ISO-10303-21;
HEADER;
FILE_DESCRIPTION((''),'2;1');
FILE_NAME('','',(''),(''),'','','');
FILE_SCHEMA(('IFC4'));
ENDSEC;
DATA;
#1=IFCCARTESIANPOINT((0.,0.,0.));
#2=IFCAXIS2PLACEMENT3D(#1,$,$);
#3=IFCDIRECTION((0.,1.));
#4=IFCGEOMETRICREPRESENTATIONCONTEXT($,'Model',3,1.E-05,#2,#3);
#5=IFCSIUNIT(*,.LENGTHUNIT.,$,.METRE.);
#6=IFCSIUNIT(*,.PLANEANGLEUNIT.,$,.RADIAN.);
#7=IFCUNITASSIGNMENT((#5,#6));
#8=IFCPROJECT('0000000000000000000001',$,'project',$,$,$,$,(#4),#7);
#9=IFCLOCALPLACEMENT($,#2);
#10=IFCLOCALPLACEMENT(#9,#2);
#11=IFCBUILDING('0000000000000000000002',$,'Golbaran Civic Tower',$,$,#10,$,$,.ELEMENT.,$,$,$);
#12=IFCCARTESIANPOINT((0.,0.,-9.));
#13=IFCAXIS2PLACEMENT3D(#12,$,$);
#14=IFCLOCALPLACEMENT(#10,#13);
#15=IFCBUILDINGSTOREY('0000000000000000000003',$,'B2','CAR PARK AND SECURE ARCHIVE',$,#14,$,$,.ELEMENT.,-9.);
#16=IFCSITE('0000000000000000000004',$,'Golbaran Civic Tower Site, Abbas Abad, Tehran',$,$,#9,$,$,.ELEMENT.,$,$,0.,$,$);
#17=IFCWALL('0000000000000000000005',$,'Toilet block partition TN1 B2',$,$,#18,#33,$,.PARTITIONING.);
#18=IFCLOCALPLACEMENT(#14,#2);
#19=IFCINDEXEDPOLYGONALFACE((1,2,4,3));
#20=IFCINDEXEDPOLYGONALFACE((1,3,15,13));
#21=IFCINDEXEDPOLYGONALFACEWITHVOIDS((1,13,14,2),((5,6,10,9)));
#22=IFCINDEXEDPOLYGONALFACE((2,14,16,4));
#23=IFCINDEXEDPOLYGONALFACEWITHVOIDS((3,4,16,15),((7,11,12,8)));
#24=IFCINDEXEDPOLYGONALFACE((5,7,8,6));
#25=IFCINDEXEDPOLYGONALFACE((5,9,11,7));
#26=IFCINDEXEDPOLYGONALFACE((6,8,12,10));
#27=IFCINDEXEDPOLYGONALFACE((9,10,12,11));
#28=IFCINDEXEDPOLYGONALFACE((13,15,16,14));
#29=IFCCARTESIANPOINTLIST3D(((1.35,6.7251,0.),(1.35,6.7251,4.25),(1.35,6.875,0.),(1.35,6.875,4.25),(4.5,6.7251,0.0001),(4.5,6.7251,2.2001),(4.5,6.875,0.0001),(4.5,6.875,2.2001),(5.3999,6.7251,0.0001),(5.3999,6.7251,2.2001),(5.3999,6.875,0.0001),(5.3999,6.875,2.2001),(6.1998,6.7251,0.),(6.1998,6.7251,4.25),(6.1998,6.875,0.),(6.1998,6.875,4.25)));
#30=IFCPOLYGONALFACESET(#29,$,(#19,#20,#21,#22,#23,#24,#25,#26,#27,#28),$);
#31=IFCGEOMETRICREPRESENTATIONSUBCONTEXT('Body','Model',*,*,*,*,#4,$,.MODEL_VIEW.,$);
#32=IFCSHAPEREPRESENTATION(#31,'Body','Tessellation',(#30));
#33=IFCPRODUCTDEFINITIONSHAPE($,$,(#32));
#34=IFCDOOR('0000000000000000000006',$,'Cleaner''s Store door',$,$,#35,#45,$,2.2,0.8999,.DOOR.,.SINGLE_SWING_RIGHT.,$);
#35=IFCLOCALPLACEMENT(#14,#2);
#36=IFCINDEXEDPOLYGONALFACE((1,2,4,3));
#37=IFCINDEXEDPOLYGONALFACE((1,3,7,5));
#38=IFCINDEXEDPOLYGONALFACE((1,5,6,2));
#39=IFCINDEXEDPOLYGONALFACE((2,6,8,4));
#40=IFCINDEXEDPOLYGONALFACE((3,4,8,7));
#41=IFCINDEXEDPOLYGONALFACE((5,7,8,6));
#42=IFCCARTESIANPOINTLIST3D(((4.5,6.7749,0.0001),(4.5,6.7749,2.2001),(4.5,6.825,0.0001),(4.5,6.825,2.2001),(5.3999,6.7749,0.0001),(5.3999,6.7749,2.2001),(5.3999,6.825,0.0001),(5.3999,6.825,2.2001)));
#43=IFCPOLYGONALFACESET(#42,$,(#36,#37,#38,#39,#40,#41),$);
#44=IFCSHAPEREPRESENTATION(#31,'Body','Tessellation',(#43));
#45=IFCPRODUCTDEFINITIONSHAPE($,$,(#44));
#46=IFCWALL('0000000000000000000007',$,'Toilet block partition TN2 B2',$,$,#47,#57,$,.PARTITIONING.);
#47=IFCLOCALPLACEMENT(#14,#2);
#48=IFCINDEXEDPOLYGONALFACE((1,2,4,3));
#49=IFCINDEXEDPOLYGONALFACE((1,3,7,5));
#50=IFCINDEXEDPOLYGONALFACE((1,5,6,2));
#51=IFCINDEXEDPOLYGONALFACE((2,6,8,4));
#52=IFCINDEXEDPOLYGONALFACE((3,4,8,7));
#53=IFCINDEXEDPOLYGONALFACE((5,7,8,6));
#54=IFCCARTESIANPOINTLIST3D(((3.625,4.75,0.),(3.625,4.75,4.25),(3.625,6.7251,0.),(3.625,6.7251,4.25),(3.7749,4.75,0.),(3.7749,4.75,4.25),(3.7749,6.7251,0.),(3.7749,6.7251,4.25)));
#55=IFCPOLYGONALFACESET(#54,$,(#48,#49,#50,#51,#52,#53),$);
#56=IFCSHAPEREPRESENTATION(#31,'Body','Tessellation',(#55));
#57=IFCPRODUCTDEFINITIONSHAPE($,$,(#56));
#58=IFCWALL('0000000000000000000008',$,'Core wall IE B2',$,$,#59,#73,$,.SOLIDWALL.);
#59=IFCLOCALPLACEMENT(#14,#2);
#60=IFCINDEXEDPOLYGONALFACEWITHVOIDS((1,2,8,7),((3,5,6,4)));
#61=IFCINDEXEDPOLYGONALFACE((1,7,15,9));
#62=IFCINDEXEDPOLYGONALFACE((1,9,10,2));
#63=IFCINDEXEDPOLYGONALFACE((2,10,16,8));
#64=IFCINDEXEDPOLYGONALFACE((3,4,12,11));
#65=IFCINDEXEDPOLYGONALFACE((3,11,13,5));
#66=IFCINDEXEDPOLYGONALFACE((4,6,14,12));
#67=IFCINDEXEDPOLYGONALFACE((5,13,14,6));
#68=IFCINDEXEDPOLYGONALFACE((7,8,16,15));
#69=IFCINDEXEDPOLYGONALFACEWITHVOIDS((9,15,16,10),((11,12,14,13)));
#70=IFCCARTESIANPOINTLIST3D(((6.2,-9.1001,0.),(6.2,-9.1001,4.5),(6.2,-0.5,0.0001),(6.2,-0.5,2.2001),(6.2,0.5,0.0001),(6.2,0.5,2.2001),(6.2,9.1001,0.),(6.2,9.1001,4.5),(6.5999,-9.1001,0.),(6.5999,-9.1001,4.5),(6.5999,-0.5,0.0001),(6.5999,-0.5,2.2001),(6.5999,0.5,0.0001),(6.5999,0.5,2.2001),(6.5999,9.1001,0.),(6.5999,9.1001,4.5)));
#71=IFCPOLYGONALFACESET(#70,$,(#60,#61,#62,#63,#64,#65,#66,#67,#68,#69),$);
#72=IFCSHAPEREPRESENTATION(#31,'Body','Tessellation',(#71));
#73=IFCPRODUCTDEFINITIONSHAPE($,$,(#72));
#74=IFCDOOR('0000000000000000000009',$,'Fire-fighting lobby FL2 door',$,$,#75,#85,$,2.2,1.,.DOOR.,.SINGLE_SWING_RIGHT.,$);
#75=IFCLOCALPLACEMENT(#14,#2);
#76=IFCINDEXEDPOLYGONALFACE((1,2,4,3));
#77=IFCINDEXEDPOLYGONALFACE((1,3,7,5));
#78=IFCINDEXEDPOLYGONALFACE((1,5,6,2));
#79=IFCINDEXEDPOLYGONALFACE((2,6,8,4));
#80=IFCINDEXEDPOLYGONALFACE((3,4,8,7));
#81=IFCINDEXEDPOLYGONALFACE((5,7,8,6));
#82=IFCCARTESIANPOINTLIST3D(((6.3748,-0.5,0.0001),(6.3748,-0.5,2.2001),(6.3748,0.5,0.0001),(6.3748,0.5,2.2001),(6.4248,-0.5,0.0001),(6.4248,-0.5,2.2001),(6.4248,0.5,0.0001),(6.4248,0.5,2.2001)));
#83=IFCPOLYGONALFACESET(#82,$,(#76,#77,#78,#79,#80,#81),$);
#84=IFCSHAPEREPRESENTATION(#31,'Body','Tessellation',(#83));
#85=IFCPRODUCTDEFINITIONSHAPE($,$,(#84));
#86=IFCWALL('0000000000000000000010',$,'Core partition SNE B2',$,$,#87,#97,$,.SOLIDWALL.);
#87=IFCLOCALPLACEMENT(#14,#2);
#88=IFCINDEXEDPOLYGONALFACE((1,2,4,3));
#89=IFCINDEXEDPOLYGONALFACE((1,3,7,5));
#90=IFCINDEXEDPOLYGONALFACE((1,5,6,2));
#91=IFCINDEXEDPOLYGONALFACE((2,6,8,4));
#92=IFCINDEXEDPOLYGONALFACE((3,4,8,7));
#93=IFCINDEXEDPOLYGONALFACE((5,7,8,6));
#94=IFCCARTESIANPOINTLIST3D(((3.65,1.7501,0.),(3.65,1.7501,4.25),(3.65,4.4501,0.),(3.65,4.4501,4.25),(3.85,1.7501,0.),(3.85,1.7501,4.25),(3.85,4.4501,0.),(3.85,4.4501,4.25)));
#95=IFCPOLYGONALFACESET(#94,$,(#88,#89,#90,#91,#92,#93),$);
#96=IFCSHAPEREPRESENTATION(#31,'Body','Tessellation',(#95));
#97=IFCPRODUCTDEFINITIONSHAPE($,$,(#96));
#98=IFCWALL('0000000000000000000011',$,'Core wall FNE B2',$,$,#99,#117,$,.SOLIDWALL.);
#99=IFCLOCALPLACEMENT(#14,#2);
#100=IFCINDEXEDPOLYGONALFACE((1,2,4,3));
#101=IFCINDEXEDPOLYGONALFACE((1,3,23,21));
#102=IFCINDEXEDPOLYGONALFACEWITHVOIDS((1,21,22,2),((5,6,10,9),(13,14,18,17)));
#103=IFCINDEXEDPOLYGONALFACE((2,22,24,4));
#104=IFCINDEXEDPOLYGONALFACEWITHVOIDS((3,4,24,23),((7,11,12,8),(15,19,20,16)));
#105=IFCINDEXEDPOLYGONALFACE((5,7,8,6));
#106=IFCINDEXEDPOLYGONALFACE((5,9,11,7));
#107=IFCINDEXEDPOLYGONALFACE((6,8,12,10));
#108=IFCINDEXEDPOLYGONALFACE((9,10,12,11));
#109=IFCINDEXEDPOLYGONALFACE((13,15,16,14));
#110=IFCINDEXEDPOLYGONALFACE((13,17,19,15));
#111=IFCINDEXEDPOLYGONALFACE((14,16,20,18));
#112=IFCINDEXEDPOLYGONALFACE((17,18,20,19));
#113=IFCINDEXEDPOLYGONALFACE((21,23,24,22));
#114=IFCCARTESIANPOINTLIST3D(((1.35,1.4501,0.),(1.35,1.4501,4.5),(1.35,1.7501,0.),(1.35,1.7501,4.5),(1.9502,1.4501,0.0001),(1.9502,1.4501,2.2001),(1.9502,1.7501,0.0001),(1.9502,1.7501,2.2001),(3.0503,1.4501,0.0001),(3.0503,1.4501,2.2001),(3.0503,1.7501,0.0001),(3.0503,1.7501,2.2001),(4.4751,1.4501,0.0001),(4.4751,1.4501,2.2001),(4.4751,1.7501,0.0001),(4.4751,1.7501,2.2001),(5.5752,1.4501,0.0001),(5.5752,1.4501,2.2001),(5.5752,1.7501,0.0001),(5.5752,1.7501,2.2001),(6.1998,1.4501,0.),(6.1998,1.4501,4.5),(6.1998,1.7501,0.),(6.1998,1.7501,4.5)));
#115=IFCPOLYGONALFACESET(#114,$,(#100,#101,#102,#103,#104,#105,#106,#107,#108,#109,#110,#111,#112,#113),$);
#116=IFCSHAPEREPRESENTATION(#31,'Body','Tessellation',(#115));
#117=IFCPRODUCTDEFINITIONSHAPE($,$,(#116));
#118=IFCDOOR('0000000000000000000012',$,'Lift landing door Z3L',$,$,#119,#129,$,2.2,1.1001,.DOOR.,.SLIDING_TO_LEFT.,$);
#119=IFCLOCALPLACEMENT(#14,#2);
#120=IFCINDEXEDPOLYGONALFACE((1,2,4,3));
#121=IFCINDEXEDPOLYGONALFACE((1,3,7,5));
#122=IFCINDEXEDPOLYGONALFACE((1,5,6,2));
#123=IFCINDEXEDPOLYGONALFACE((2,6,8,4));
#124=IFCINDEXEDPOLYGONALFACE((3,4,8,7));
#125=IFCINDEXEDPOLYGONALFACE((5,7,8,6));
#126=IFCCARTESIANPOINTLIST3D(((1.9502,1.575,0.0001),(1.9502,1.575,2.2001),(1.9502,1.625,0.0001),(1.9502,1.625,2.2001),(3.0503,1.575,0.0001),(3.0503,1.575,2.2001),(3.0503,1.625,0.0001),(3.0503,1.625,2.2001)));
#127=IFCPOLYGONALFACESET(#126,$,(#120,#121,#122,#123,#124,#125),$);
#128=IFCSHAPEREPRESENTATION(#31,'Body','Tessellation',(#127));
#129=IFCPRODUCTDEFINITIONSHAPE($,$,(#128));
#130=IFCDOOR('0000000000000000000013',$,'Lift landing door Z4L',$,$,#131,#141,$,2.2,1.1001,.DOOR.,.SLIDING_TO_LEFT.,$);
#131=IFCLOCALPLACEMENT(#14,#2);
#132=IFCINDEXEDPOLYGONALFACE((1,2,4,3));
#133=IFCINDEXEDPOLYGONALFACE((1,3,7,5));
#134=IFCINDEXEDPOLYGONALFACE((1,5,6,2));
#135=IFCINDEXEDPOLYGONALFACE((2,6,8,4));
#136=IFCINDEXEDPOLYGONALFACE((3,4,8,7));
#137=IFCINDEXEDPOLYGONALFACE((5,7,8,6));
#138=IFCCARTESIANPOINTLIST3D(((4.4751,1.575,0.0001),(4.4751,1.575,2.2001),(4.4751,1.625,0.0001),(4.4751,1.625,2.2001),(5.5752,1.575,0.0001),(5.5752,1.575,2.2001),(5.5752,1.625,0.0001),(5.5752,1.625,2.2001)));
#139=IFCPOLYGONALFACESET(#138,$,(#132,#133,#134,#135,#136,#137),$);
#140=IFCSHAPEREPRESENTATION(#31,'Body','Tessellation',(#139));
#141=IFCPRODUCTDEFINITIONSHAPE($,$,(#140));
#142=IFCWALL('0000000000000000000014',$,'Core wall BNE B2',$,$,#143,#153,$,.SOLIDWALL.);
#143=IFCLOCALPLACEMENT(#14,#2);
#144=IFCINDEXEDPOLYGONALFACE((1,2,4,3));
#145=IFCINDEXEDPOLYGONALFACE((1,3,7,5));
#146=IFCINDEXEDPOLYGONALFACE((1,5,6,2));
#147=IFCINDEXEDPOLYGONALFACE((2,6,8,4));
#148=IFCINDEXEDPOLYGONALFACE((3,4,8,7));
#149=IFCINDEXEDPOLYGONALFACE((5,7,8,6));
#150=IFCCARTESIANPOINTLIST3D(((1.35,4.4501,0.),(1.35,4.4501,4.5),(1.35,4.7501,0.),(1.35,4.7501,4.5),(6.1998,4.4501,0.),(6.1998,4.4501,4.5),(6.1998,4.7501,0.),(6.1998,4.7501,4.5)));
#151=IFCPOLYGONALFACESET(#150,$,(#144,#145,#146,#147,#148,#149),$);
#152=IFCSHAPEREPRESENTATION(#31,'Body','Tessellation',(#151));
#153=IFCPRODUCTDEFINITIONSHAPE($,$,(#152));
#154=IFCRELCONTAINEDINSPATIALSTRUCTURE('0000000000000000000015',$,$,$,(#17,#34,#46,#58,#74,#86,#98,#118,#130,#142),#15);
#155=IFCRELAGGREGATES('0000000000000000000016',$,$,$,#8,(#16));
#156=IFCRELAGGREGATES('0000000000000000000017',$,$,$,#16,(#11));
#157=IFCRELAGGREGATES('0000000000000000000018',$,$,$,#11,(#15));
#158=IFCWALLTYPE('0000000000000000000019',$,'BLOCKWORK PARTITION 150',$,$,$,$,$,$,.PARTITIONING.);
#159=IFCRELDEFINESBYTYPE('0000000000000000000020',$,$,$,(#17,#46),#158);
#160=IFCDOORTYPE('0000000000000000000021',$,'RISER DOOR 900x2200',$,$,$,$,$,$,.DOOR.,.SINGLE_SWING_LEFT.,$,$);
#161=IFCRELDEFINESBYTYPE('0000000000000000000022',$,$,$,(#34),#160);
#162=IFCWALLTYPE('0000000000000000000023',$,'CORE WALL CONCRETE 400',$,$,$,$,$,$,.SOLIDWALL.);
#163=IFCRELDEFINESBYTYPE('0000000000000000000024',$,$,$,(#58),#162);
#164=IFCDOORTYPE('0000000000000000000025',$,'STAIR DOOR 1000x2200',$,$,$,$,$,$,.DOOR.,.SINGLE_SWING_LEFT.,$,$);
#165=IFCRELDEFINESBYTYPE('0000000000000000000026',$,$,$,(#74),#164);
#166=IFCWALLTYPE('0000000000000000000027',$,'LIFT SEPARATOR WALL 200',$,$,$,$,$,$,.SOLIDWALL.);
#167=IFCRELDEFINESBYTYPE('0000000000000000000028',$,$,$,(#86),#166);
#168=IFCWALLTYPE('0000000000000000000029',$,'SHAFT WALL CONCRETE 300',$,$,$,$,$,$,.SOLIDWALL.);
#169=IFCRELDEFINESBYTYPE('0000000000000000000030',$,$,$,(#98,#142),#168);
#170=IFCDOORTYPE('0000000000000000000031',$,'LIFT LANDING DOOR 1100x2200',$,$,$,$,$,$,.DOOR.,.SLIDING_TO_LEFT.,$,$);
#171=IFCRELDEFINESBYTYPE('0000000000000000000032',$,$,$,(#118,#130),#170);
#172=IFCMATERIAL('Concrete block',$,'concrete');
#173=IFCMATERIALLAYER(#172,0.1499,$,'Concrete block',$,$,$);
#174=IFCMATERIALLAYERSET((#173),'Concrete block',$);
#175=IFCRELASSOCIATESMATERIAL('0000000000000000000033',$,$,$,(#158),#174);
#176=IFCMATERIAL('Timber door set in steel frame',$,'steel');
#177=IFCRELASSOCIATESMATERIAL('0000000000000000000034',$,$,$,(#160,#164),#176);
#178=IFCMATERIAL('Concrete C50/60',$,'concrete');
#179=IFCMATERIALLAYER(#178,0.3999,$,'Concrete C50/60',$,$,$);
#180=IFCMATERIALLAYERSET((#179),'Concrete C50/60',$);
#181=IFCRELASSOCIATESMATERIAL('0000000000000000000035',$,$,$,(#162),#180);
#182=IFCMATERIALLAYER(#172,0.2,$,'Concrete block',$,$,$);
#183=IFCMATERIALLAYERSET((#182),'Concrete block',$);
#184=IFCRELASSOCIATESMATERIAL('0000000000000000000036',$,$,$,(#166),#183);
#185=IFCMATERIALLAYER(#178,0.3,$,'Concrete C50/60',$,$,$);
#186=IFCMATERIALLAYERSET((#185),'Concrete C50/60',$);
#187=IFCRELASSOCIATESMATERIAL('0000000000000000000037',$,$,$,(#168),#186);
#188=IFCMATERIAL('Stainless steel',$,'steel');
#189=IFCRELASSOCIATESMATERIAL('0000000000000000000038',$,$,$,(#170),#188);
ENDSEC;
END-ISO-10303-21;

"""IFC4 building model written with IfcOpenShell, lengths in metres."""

from ifc_helpers import new_model, si_unit, direction, frame, frame_2d, origin, place, context, subcontext, project, spatial, rectangle, extrude, material, layer, layer_set, type_object, element, fill, save


model = new_model("IFC4")

# Units and contexts
model_context = context("Model", 3, precision=1e-05, world=origin(), true_north=direction((0.0, 1.0)))
body_context = subcontext(model_context, "Body", "Model", "MODEL_VIEW")
ifc_project = project(units=[si_unit("LENGTHUNIT", "METRE"), si_unit("PLANEANGLEUNIT", "RADIAN")], contexts=[model_context])

# Site, building, storey
site_placement = place(None, origin())
site = spatial("IfcSite", under=ifc_project, at=site_placement, Name="Golbaran Civic Tower Site, Abbas Abad, Tehran", CompositionType="ELEMENT", RefElevation=0.0)
building_placement = place(site_placement, origin())
building = spatial("IfcBuilding", under=site, at=building_placement, Name="Golbaran Civic Tower", CompositionType="ELEMENT")
storey_placement = place(building_placement, frame((0.0, 0.0, -9.0)))
storey = spatial("IfcBuildingStorey", under=building, at=storey_placement, Name="B2", Description="CAR PARK AND SECURE ARCHIVE", CompositionType="ELEMENT", Elevation=-9.0)

# Shared definitions
ifc_material_1 = material(Name="Concrete C50/60", Category="concrete")

# Wall, opening, door
ifc_material_2 = material(Name="Concrete block", Category="concrete")
ifc_layer_1 = layer(ifc_material_2, 0.1499, Name="Concrete block")
ifc_layer_set_1 = layer_set([ifc_layer_1], Name="Concrete block")
wall_type_1 = type_object("IfcWallType", Name="BLOCKWORK PARTITION 150", PredefinedType="PARTITIONING", material=ifc_layer_set_1)
wall_1_placement = place(storey_placement, frame((1.3501, 6.8, 0.0), z_axis=(0.0, 0.0, 1.0), x_axis=(1.0, 0.0, 0.0)))
wall_1 = element("IfcWall", 1, at=wall_1_placement, inside=storey, type_object=wall_type_1, Name="Toilet block partition TN1 B2", PredefinedType="PARTITIONING", context=body_context, shape_type="SweptSolid", body=[
    extrude(rectangle(XDim=4.8499, YDim=0.1499, at=frame_2d((2.4248, 0.0))), origin(), (0.0, 0.0, 1.0), 4.25),
])
opening_1_placement = place(wall_1_placement, frame((3.1499, 0.0, 0.0)))
opening_1 = element("IfcOpeningElement", 2, at=opening_1_placement, cuts=wall_1, PredefinedType="OPENING", context=body_context, shape_type="SweptSolid", body=[
    extrude(rectangle(XDim=0.8999, YDim=2.2, at=frame_2d((0.45, 1.1001))), frame((0.0, 0.085, 0.0), z_axis=(0.0, -1.0, 0.0), x_axis=(1.0, 0.0, 0.0)), (0.0, 0.0, 1.0), 0.1699),
])
ifc_material_3 = material(Name="Timber door set in steel frame", Category="steel")
door_type_1 = type_object("IfcDoorType", Name="RISER DOOR 900x2200", OperationType="SINGLE_SWING_LEFT", PredefinedType="DOOR", material=ifc_material_3)
door_1_placement = place(opening_1_placement, origin())
door_1 = element("IfcDoor", 3, at=door_1_placement, inside=storey, type_object=door_type_1, Name="Cleaner's Store door", OperationType="SINGLE_SWING_RIGHT", OverallHeight=2.2, OverallWidth=0.8999, PredefinedType="DOOR", context=body_context, shape_type="SweptSolid", body=[
    extrude(rectangle(XDim=0.8999, YDim=2.2, at=frame_2d((0.45, 1.1001))), frame((0.0, 0.0249, 0.0), z_axis=(0.0, -1.0, 0.0), x_axis=(1.0, 0.0, 0.0)), (0.0, 0.0, 1.0), 0.05),
])
fill(opening_1, door_1)

# Wall
wall_2_placement = place(storey_placement, frame((3.7, 4.75, 0.0), z_axis=(0.0, 0.0, 1.0), x_axis=(0.0, 1.0, 0.0)))
element("IfcWall", 4, at=wall_2_placement, inside=storey, type_object=wall_type_1, Name="Toilet block partition TN2 B2", PredefinedType="PARTITIONING", context=body_context, shape_type="SweptSolid", body=[
    extrude(rectangle(XDim=1.9751, YDim=0.1499, at=frame_2d((0.9875, 0.0))), origin(), (0.0, 0.0, 1.0), 4.25),
])

# Wall, opening, door
ifc_layer_2 = layer(ifc_material_1, 0.3999, Name="Concrete C50/60")
ifc_layer_set_2 = layer_set([ifc_layer_2], Name="Concrete C50/60")
wall_type_2 = type_object("IfcWallType", Name="CORE WALL CONCRETE 400", PredefinedType="SOLIDWALL", material=ifc_layer_set_2)
wall_3_placement = place(storey_placement, frame((6.3999, 9.1001, 0.0), z_axis=(0.0, 0.0, 1.0), x_axis=(0.0, -1.0, 0.0)))
wall_3 = element("IfcWall", 5, at=wall_3_placement, inside=storey, type_object=wall_type_2, Name="Core wall IE B2", PredefinedType="SOLIDWALL", context=body_context, shape_type="SweptSolid", body=[
    extrude(rectangle(XDim=18.2002, YDim=0.3999, at=frame_2d((9.1001, 0.0))), origin(), (0.0, 0.0, 1.0), 4.5),
])
opening_2_placement = place(wall_3_placement, frame((8.6001, 0.0, 0.0)))
opening_2 = element("IfcOpeningElement", 6, at=opening_2_placement, cuts=wall_3, PredefinedType="OPENING", context=body_context, shape_type="SweptSolid", body=[
    extrude(rectangle(XDim=1.0, YDim=2.2, at=frame_2d((0.5, 1.1001))), frame((0.0, 0.21, 0.0), z_axis=(0.0, -1.0, 0.0), x_axis=(1.0, 0.0, 0.0)), (0.0, 0.0, 1.0), 0.4199),
])
door_type_2 = type_object("IfcDoorType", Name="STAIR DOOR 1000x2200", OperationType="SINGLE_SWING_LEFT", PredefinedType="DOOR", material=ifc_material_3)
door_2_placement = place(opening_2_placement, origin())
door_2 = element("IfcDoor", 7, at=door_2_placement, inside=storey, type_object=door_type_2, Name="Fire-fighting lobby FL2 door", OperationType="SINGLE_SWING_RIGHT", OverallHeight=2.2, OverallWidth=1.0, PredefinedType="DOOR", context=body_context, shape_type="SweptSolid", body=[
    extrude(rectangle(XDim=1.0, YDim=2.2, at=frame_2d((0.5, 1.1001))), frame((0.0, 0.0249, 0.0), z_axis=(0.0, -1.0, 0.0), x_axis=(1.0, 0.0, 0.0)), (0.0, 0.0, 1.0), 0.05),
])
fill(opening_2, door_2)

# Wall
ifc_layer_3 = layer(ifc_material_2, 0.2, Name="Concrete block")
ifc_layer_set_3 = layer_set([ifc_layer_3], Name="Concrete block")
wall_type_3 = type_object("IfcWallType", Name="LIFT SEPARATOR WALL 200", PredefinedType="SOLIDWALL", material=ifc_layer_set_3)
wall_4_placement = place(storey_placement, frame((3.75, 1.75, 0.0), z_axis=(0.0, 0.0, 1.0), x_axis=(0.0, 1.0, 0.0)))
element("IfcWall", 8, at=wall_4_placement, inside=storey, type_object=wall_type_3, Name="Core partition SNE B2", PredefinedType="SOLIDWALL", context=body_context, shape_type="SweptSolid", body=[
    extrude(rectangle(XDim=2.7, YDim=0.2, at=frame_2d((1.3501, 0.0))), origin(), (0.0, 0.0, 1.0), 4.25),
])

# Wall, openings, doors
ifc_layer_4 = layer(ifc_material_1, 0.3, Name="Concrete C50/60")
ifc_layer_set_4 = layer_set([ifc_layer_4], Name="Concrete C50/60")
wall_type_4 = type_object("IfcWallType", Name="SHAFT WALL CONCRETE 300", PredefinedType="SOLIDWALL", material=ifc_layer_set_4)
wall_5_placement = place(storey_placement, frame((1.3501, 1.6001, 0.0), z_axis=(0.0, 0.0, 1.0), x_axis=(1.0, 0.0, 0.0)))
wall_5 = element("IfcWall", 9, at=wall_5_placement, inside=storey, type_object=wall_type_4, Name="Core wall FNE B2", PredefinedType="SOLIDWALL", context=body_context, shape_type="SweptSolid", body=[
    extrude(rectangle(XDim=4.8499, YDim=0.3, at=frame_2d((2.4248, 0.0))), origin(), (0.0, 0.0, 1.0), 4.5),
])
opening_3_placement = place(wall_5_placement, frame((0.6001, 0.0, 0.0)))
opening_3 = element("IfcOpeningElement", 10, at=opening_3_placement, cuts=wall_5, PredefinedType="OPENING", context=body_context, shape_type="SweptSolid", body=[
    extrude(rectangle(XDim=1.1001, YDim=2.2, at=frame_2d((0.55, 1.1001))), frame((0.0, 0.1599, 0.0), z_axis=(0.0, -1.0, 0.0), x_axis=(1.0, 0.0, 0.0)), (0.0, 0.0, 1.0), 0.3201),
])
opening_4_placement = place(wall_5_placement, frame((3.125, 0.0, 0.0)))
opening_4 = element("IfcOpeningElement", 11, at=opening_4_placement, cuts=wall_5, PredefinedType="OPENING", context=body_context, shape_type="SweptSolid", body=[
    extrude(rectangle(XDim=1.1001, YDim=2.2, at=frame_2d((0.55, 1.1001))), frame((0.0, 0.1599, 0.0), z_axis=(0.0, -1.0, 0.0), x_axis=(1.0, 0.0, 0.0)), (0.0, 0.0, 1.0), 0.3201),
])
ifc_material_4 = material(Name="Stainless steel", Category="steel")
door_type_3 = type_object("IfcDoorType", Name="LIFT LANDING DOOR 1100x2200", OperationType="SLIDING_TO_LEFT", PredefinedType="DOOR", material=ifc_material_4)
door_3_placement = place(opening_3_placement, origin())
door_3 = element("IfcDoor", 12, at=door_3_placement, inside=storey, type_object=door_type_3, Name="Lift landing door Z3L", OperationType="SLIDING_TO_LEFT", OverallHeight=2.2, OverallWidth=1.1001, PredefinedType="DOOR", context=body_context, shape_type="SweptSolid", body=[
    extrude(rectangle(XDim=1.1001, YDim=2.2, at=frame_2d((0.55, 1.1001))), frame((0.0, 0.0249, 0.0), z_axis=(0.0, -1.0, 0.0), x_axis=(1.0, 0.0, 0.0)), (0.0, 0.0, 1.0), 0.05),
])
fill(opening_3, door_3)
door_4_placement = place(opening_4_placement, origin())
door_4 = element("IfcDoor", 13, at=door_4_placement, inside=storey, type_object=door_type_3, Name="Lift landing door Z4L", OperationType="SLIDING_TO_LEFT", OverallHeight=2.2, OverallWidth=1.1001, PredefinedType="DOOR", context=body_context, shape_type="SweptSolid", body=[
    extrude(rectangle(XDim=1.1001, YDim=2.2, at=frame_2d((0.55, 1.1001))), frame((0.0, 0.0249, 0.0), z_axis=(0.0, -1.0, 0.0), x_axis=(1.0, 0.0, 0.0)), (0.0, 0.0, 1.0), 0.05),
])
fill(opening_4, door_4)

# Wall
wall_6_placement = place(storey_placement, frame((1.3501, 4.6001, 0.0), z_axis=(0.0, 0.0, 1.0), x_axis=(1.0, 0.0, 0.0)))
element("IfcWall", 14, at=wall_6_placement, inside=storey, type_object=wall_type_4, Name="Core wall BNE B2", PredefinedType="SOLIDWALL", context=body_context, shape_type="SweptSolid", body=[
    extrude(rectangle(XDim=4.8499, YDim=0.3, at=frame_2d((2.4248, 0.0))), origin(), (0.0, 0.0, 1.0), 4.5),
])

save(model, "model.ifc")
